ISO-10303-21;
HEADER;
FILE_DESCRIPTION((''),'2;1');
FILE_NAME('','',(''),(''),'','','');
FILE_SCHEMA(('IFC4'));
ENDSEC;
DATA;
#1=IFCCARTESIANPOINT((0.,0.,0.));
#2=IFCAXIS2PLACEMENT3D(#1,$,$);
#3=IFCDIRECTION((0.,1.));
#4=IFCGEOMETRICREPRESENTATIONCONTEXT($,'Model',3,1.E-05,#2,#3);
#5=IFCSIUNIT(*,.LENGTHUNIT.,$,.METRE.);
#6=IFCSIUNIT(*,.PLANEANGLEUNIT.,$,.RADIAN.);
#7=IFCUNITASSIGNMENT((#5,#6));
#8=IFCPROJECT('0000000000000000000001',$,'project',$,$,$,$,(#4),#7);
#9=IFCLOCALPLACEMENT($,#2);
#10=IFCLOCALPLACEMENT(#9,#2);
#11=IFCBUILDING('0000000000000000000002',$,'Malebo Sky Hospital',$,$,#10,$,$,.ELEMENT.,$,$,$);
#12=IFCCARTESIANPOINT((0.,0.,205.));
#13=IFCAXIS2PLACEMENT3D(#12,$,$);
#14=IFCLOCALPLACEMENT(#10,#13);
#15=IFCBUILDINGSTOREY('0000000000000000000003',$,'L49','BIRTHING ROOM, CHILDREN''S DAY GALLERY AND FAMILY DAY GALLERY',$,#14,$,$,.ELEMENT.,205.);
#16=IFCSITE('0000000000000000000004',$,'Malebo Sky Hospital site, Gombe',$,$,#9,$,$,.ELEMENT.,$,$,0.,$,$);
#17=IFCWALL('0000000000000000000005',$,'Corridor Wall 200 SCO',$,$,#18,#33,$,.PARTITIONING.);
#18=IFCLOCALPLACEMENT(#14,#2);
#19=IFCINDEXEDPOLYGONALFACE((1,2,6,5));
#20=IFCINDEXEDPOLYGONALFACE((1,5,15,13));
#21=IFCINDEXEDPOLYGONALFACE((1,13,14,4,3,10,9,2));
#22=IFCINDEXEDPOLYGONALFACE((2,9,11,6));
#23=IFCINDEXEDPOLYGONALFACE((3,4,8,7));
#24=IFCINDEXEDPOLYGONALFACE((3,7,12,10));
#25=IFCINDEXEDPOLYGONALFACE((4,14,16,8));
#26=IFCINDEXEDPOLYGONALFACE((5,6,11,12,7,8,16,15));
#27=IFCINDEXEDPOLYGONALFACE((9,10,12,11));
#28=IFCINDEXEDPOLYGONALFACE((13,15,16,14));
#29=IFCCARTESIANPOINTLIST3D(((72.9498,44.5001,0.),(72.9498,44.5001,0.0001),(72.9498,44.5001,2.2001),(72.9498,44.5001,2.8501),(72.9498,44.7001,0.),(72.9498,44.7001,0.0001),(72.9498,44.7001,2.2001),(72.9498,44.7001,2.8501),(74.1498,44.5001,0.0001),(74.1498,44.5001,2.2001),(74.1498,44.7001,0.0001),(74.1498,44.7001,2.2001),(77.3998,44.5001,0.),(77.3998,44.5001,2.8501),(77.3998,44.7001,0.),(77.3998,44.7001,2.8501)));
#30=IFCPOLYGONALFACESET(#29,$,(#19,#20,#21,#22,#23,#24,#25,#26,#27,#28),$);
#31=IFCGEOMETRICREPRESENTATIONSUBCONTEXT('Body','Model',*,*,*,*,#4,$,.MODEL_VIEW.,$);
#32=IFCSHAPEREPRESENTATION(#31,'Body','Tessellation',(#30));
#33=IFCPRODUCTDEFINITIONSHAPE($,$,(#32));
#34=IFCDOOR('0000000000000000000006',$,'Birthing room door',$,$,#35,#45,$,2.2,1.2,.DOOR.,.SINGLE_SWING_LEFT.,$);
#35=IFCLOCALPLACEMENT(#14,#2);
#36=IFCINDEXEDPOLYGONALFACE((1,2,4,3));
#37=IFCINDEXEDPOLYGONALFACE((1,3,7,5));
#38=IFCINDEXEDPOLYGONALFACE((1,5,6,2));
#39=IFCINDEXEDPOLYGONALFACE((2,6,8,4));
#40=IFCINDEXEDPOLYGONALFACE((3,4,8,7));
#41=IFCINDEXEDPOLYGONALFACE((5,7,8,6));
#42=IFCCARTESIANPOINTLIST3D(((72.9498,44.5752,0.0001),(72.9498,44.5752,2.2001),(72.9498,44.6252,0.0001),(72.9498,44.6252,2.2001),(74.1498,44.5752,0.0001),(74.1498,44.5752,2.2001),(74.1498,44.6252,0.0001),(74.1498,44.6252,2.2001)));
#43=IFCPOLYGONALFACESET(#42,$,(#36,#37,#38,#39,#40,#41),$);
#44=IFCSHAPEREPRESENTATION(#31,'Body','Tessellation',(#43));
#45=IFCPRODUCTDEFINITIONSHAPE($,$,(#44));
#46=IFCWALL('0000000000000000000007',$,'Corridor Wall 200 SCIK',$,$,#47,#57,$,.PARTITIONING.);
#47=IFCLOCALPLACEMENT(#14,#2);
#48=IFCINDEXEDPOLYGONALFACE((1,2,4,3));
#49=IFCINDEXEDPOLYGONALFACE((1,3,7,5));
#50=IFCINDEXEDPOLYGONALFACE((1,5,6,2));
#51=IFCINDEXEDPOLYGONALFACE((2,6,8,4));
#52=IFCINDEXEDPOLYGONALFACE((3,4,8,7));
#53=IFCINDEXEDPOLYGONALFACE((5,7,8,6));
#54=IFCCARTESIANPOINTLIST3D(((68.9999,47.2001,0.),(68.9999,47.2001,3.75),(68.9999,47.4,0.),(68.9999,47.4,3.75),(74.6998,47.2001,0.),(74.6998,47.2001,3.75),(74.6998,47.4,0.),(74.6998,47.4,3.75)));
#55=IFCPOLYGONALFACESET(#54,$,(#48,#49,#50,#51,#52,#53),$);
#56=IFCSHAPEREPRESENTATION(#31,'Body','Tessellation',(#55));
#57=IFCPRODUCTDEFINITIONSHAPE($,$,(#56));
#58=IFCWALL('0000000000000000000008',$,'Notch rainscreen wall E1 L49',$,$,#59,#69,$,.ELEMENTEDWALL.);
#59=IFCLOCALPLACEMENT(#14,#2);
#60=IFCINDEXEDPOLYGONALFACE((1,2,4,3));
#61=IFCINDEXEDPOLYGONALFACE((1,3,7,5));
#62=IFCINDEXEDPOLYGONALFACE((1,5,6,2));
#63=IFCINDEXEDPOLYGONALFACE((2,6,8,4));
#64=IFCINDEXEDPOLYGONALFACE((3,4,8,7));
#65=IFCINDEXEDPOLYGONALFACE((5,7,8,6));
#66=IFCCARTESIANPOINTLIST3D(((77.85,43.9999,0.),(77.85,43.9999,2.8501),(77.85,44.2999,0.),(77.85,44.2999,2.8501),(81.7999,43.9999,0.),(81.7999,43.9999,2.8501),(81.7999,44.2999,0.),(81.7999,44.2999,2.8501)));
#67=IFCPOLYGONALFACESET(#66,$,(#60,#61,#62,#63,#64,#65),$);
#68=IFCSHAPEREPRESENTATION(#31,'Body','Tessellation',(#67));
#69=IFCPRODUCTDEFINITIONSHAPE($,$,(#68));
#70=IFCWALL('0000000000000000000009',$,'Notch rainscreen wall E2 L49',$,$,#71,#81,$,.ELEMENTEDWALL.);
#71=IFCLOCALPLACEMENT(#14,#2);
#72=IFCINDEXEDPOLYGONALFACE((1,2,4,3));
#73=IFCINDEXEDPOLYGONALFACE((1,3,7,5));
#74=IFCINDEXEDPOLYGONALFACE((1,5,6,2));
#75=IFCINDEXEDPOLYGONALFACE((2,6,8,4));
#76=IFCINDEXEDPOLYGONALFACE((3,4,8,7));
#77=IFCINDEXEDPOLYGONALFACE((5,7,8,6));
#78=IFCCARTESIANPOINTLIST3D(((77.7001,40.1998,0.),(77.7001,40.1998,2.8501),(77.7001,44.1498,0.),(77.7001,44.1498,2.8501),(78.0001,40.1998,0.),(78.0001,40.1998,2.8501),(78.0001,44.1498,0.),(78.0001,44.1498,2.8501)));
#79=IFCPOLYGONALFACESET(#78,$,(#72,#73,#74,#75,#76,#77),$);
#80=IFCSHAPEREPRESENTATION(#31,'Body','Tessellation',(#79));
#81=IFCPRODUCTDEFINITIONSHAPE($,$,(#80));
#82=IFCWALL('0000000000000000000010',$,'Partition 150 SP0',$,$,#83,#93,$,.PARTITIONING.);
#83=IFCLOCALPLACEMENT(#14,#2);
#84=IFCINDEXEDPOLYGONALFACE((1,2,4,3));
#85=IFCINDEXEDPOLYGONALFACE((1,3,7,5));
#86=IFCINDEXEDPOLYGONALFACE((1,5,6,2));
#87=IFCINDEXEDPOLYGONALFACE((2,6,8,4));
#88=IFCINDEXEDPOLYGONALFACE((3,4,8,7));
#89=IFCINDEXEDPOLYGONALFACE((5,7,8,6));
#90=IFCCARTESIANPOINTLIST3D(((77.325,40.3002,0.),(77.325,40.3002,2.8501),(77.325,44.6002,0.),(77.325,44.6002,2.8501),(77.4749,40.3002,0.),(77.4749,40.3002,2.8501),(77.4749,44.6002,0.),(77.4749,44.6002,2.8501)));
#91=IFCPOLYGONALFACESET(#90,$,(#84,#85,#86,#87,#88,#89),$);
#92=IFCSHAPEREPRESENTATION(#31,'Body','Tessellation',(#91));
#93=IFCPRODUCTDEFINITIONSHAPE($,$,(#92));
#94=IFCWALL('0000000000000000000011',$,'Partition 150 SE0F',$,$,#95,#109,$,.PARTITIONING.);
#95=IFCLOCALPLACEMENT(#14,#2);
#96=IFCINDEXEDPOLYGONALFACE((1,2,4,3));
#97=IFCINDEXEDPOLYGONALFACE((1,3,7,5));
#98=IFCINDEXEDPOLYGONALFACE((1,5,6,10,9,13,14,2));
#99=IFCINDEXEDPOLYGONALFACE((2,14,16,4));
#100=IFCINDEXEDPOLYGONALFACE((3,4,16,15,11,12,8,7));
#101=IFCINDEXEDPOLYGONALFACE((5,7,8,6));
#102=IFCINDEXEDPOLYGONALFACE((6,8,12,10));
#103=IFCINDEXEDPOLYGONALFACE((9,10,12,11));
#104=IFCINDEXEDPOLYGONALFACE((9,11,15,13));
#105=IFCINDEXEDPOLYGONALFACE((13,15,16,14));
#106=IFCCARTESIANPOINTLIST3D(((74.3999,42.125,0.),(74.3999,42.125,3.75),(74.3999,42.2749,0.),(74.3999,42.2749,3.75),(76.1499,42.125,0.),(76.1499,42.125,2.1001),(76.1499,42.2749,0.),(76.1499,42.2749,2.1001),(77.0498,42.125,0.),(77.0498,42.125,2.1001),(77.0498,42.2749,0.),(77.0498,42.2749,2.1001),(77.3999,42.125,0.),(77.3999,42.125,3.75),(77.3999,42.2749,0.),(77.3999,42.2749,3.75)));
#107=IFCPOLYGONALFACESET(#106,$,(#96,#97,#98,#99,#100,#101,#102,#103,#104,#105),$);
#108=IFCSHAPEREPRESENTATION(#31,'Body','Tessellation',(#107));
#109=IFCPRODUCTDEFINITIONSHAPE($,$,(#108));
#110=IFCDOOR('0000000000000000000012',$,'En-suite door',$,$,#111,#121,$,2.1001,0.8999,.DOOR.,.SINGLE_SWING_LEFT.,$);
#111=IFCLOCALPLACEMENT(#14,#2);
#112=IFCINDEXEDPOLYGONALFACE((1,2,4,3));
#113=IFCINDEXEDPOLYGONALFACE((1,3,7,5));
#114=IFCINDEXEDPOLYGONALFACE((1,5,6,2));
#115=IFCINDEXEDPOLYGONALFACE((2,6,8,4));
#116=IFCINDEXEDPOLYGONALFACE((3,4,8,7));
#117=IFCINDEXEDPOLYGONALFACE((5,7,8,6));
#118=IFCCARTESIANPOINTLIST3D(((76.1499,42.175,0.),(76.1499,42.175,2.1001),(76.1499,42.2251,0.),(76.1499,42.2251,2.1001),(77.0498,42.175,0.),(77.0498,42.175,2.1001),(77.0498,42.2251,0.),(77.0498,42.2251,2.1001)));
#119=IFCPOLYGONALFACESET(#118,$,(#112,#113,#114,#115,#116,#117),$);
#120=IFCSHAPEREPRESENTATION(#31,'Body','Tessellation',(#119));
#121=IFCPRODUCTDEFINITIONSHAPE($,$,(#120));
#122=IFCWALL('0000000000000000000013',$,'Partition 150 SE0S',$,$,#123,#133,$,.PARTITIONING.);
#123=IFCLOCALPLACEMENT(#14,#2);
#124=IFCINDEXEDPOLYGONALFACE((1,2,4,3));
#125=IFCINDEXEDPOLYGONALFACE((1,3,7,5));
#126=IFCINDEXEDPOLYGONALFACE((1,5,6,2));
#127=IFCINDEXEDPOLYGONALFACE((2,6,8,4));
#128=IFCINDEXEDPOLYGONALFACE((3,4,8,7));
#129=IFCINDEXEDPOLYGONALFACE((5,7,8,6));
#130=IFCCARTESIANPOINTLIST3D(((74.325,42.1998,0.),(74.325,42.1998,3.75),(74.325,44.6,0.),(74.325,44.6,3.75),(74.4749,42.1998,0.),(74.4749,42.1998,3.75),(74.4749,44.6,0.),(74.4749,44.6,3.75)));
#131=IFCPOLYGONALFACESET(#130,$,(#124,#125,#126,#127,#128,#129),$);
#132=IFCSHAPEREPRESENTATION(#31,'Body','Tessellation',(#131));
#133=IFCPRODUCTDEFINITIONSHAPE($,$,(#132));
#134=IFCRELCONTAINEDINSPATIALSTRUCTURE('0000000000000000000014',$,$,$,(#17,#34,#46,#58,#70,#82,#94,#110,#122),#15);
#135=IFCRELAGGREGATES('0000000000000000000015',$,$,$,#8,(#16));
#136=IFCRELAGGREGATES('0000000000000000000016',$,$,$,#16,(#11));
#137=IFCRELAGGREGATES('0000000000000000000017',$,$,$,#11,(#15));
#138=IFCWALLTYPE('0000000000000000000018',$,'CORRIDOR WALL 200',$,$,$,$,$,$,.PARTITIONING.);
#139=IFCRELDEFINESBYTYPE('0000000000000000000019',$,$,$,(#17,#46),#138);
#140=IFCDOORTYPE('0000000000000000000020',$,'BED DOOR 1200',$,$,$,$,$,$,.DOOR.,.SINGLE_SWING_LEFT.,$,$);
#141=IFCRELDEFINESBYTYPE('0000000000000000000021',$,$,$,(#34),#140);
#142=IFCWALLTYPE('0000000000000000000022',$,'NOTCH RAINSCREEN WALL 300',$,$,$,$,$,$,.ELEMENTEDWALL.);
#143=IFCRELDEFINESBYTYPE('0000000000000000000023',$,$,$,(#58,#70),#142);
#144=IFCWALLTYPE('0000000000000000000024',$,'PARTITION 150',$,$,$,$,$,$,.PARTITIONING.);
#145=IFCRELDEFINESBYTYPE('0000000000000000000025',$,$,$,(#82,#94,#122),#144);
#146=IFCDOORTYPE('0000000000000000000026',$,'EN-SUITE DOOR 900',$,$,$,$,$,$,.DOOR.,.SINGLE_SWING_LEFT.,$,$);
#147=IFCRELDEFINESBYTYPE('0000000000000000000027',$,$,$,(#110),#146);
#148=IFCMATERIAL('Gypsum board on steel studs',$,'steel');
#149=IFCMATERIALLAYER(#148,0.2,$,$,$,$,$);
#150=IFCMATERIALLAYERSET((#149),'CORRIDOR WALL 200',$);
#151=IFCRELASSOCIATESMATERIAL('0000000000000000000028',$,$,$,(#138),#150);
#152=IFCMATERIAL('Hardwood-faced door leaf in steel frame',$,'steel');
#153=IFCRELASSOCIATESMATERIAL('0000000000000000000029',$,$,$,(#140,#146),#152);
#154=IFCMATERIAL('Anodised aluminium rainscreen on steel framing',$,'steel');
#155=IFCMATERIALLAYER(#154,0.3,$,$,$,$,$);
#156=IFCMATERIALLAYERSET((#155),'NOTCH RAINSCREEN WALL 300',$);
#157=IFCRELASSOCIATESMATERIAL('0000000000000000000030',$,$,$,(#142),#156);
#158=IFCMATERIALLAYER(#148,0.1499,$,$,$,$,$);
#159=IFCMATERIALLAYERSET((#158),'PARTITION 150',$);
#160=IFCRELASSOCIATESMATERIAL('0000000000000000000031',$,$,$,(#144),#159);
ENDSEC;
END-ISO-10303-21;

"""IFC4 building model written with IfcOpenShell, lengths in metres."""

from ifc_helpers import new_model, si_unit, direction, frame, frame_2d, origin, place, context, subcontext, project, spatial, rectangle, extrude, material, layer, layer_set, type_object, element, fill, save


model = new_model("IFC4")

# Units and contexts
model_context = context("Model", 3, precision=1e-05, world=origin(), true_north=direction((0.0, 1.0)))
body_context = subcontext(model_context, "Body", "Model", "MODEL_VIEW")
ifc_project = project(units=[si_unit("LENGTHUNIT", "METRE"), si_unit("PLANEANGLEUNIT", "RADIAN")], contexts=[model_context])

# Site, building, storey
site_placement = place(None, origin())
site = spatial("IfcSite", under=ifc_project, at=site_placement, Name="Malebo Sky Hospital site, Gombe", CompositionType="ELEMENT", RefElevation=0.0)
building_placement = place(site_placement, origin())
building = spatial("IfcBuilding", under=site, at=building_placement, Name="Malebo Sky Hospital", CompositionType="ELEMENT")
storey_placement = place(building_placement, frame((0.0, 0.0, 205.0)))
storey = spatial("IfcBuildingStorey", under=building, at=storey_placement, Name="L49", Description="BIRTHING ROOM, CHILDREN'S DAY GALLERY AND FAMILY DAY GALLERY", CompositionType="ELEMENT", Elevation=205.0)

# Wall, opening, door
ifc_material_1 = material(Name="Gypsum board on steel studs", Category="steel")
ifc_layer_1 = layer(ifc_material_1, 0.2)
ifc_layer_set_1 = layer_set([ifc_layer_1], Name="CORRIDOR WALL 200")
wall_type_1 = type_object("IfcWallType", Name="CORRIDOR WALL 200", PredefinedType="PARTITIONING", material=ifc_layer_set_1)
wall_1_placement = place(storey_placement, frame((77.3999, 44.6001, 0.0), z_axis=(0.0, 0.0, 1.0), x_axis=(-1.0, 0.0, 0.0)))
wall_1 = element("IfcWall", 1, at=wall_1_placement, inside=storey, type_object=wall_type_1, Name="Corridor Wall 200 SCO", PredefinedType="PARTITIONING", context=body_context, shape_type="SweptSolid", body=[
    extrude(rectangle(XDim=4.45, YDim=0.2, at=frame_2d((2.2251, 0.0))), origin(), (0.0, 0.0, 1.0), 2.8501),
])
opening_1_placement = place(wall_1_placement, frame((3.25, 0.0, 0.0)))
opening_1 = element("IfcOpeningElement", 2, at=opening_1_placement, cuts=wall_1, PredefinedType="OPENING", context=body_context, shape_type="SweptSolid", body=[
    extrude(rectangle(XDim=1.2, YDim=2.2, at=frame_2d((0.6001, 1.1001))), frame((0.0, 0.1099, 0.0), z_axis=(0.0, -1.0, 0.0), x_axis=(1.0, 0.0, 0.0)), (0.0, 0.0, 1.0), 0.22),
])
ifc_material_2 = material(Name="Hardwood-faced door leaf in steel frame", Category="steel")
door_type_1 = type_object("IfcDoorType", Name="BED DOOR 1200", OperationType="SINGLE_SWING_LEFT", PredefinedType="DOOR", material=ifc_material_2)
door_1_placement = place(opening_1_placement, origin())
door_1 = element("IfcDoor", 3, at=door_1_placement, inside=storey, type_object=door_type_1, Name="Birthing room door", OperationType="SINGLE_SWING_LEFT", OverallHeight=2.2, OverallWidth=1.2, PredefinedType="DOOR", context=body_context, shape_type="SweptSolid", body=[
    extrude(rectangle(XDim=1.2, YDim=2.2, at=frame_2d((0.6001, 1.1001))), frame((0.0, 0.0249, 0.0), z_axis=(0.0, -1.0, 0.0), x_axis=(1.0, 0.0, 0.0)), (0.0, 0.0, 1.0), 0.05),
])
fill(opening_1, door_1)

# Walls
wall_2_placement = place(storey_placement, frame((74.7, 47.3, 0.0), z_axis=(0.0, 0.0, 1.0), x_axis=(-1.0, 0.0, 0.0)))
element("IfcWall", 4, at=wall_2_placement, inside=storey, type_object=wall_type_1, Name="Corridor Wall 200 SCIK", PredefinedType="PARTITIONING", context=body_context, shape_type="SweptSolid", body=[
    extrude(rectangle(XDim=5.7, YDim=0.2, at=frame_2d((2.8501, 0.0))), origin(), (0.0, 0.0, 1.0), 3.75),
])
ifc_material_3 = material(Name="Anodised aluminium rainscreen on steel framing", Category="steel")
ifc_layer_2 = layer(ifc_material_3, 0.3)
ifc_layer_set_2 = layer_set([ifc_layer_2], Name="NOTCH RAINSCREEN WALL 300")
wall_type_2 = type_object("IfcWallType", Name="NOTCH RAINSCREEN WALL 300", PredefinedType="ELEMENTEDWALL", material=ifc_layer_set_2)
for number, where, z_axis, x_axis, name in (
    (5, (81.8, 44.1499, 0.0), (0.0, 0.0, 1.0), (-1.0, 0.0, 0.0), "Notch rainscreen wall E1 L49"),
    (6, (77.8501, 44.1499, 0.0), (0.0, 0.0, 1.0), (0.0, -1.0, 0.0), "Notch rainscreen wall E2 L49"),
):
    element("IfcWall", number, at=place(storey_placement, frame(where, z_axis=z_axis, x_axis=x_axis)), inside=storey, type_object=wall_type_2, Name=name, PredefinedType="ELEMENTEDWALL", context=body_context, shape_type="SweptSolid", body=[
        extrude(rectangle(XDim=3.95, YDim=0.3, at=frame_2d((1.9751, 0.0))), origin(), (0.0, 0.0, 1.0), 2.8501),
    ])
ifc_layer_3 = layer(ifc_material_1, 0.1499)
ifc_layer_set_3 = layer_set([ifc_layer_3], Name="PARTITION 150")
wall_type_3 = type_object("IfcWallType", Name="PARTITION 150", PredefinedType="PARTITIONING", material=ifc_layer_set_3)
wall_3_placement = place(storey_placement, frame((77.3999, 44.6001, 0.0), z_axis=(0.0, 0.0, 1.0), x_axis=(0.0, -1.0, 0.0)))
element("IfcWall", 7, at=wall_3_placement, inside=storey, type_object=wall_type_3, Name="Partition 150 SP0", PredefinedType="PARTITIONING", context=body_context, shape_type="SweptSolid", body=[
    extrude(rectangle(XDim=4.3, YDim=0.1499, at=frame_2d((2.1499, 0.0))), origin(), (0.0, 0.0, 1.0), 2.8501),
])

# Wall, opening, door
wall_4_placement = place(storey_placement, frame((77.3999, 42.2, 0.0), z_axis=(0.0, 0.0, 1.0), x_axis=(-1.0, 0.0, 0.0)))
wall_4 = element("IfcWall", 8, at=wall_4_placement, inside=storey, type_object=wall_type_3, Name="Partition 150 SE0F", PredefinedType="PARTITIONING", context=body_context, shape_type="SweptSolid", body=[
    extrude(rectangle(XDim=3.0, YDim=0.1499, at=frame_2d((1.5, 0.0))), origin(), (0.0, 0.0, 1.0), 3.75),
])
opening_2_placement = place(wall_4_placement, frame((0.3501, 0.0, 0.0)))
opening_2 = element("IfcOpeningElement", 9, at=opening_2_placement, cuts=wall_4, PredefinedType="OPENING", context=body_context, shape_type="SweptSolid", body=[
    extrude(rectangle(XDim=0.8999, YDim=2.1001, at=frame_2d((0.45, 1.05))), frame((0.0, 0.085, 0.0), z_axis=(0.0, -1.0, 0.0), x_axis=(1.0, 0.0, 0.0)), (0.0, 0.0, 1.0), 0.1699),
])
door_type_2 = type_object("IfcDoorType", Name="EN-SUITE DOOR 900", OperationType="SINGLE_SWING_LEFT", PredefinedType="DOOR", material=ifc_material_2)
door_2_placement = place(opening_2_placement, origin())
door_2 = element("IfcDoor", 10, at=door_2_placement, inside=storey, type_object=door_type_2, Name="En-suite door", OperationType="SINGLE_SWING_LEFT", OverallHeight=2.1001, OverallWidth=0.8999, PredefinedType="DOOR", context=body_context, shape_type="SweptSolid", body=[
    extrude(rectangle(XDim=0.8999, YDim=2.1001, at=frame_2d((0.45, 1.05))), frame((0.0, 0.0249, 0.0), z_axis=(0.0, -1.0, 0.0), x_axis=(1.0, 0.0, 0.0)), (0.0, 0.0, 1.0), 0.05),
])
fill(opening_2, door_2)

# Wall
wall_5_placement = place(storey_placement, frame((74.3999, 44.6001, 0.0), z_axis=(0.0, 0.0, 1.0), x_axis=(0.0, -1.0, 0.0)))
element("IfcWall", 11, at=wall_5_placement, inside=storey, type_object=wall_type_3, Name="Partition 150 SE0S", PredefinedType="PARTITIONING", context=body_context, shape_type="SweptSolid", body=[
    extrude(rectangle(XDim=2.4001, YDim=0.1499, at=frame_2d((1.2002, 0.0))), origin(), (0.0, 0.0, 1.0), 3.75),
])

save(model, "model.ifc")
